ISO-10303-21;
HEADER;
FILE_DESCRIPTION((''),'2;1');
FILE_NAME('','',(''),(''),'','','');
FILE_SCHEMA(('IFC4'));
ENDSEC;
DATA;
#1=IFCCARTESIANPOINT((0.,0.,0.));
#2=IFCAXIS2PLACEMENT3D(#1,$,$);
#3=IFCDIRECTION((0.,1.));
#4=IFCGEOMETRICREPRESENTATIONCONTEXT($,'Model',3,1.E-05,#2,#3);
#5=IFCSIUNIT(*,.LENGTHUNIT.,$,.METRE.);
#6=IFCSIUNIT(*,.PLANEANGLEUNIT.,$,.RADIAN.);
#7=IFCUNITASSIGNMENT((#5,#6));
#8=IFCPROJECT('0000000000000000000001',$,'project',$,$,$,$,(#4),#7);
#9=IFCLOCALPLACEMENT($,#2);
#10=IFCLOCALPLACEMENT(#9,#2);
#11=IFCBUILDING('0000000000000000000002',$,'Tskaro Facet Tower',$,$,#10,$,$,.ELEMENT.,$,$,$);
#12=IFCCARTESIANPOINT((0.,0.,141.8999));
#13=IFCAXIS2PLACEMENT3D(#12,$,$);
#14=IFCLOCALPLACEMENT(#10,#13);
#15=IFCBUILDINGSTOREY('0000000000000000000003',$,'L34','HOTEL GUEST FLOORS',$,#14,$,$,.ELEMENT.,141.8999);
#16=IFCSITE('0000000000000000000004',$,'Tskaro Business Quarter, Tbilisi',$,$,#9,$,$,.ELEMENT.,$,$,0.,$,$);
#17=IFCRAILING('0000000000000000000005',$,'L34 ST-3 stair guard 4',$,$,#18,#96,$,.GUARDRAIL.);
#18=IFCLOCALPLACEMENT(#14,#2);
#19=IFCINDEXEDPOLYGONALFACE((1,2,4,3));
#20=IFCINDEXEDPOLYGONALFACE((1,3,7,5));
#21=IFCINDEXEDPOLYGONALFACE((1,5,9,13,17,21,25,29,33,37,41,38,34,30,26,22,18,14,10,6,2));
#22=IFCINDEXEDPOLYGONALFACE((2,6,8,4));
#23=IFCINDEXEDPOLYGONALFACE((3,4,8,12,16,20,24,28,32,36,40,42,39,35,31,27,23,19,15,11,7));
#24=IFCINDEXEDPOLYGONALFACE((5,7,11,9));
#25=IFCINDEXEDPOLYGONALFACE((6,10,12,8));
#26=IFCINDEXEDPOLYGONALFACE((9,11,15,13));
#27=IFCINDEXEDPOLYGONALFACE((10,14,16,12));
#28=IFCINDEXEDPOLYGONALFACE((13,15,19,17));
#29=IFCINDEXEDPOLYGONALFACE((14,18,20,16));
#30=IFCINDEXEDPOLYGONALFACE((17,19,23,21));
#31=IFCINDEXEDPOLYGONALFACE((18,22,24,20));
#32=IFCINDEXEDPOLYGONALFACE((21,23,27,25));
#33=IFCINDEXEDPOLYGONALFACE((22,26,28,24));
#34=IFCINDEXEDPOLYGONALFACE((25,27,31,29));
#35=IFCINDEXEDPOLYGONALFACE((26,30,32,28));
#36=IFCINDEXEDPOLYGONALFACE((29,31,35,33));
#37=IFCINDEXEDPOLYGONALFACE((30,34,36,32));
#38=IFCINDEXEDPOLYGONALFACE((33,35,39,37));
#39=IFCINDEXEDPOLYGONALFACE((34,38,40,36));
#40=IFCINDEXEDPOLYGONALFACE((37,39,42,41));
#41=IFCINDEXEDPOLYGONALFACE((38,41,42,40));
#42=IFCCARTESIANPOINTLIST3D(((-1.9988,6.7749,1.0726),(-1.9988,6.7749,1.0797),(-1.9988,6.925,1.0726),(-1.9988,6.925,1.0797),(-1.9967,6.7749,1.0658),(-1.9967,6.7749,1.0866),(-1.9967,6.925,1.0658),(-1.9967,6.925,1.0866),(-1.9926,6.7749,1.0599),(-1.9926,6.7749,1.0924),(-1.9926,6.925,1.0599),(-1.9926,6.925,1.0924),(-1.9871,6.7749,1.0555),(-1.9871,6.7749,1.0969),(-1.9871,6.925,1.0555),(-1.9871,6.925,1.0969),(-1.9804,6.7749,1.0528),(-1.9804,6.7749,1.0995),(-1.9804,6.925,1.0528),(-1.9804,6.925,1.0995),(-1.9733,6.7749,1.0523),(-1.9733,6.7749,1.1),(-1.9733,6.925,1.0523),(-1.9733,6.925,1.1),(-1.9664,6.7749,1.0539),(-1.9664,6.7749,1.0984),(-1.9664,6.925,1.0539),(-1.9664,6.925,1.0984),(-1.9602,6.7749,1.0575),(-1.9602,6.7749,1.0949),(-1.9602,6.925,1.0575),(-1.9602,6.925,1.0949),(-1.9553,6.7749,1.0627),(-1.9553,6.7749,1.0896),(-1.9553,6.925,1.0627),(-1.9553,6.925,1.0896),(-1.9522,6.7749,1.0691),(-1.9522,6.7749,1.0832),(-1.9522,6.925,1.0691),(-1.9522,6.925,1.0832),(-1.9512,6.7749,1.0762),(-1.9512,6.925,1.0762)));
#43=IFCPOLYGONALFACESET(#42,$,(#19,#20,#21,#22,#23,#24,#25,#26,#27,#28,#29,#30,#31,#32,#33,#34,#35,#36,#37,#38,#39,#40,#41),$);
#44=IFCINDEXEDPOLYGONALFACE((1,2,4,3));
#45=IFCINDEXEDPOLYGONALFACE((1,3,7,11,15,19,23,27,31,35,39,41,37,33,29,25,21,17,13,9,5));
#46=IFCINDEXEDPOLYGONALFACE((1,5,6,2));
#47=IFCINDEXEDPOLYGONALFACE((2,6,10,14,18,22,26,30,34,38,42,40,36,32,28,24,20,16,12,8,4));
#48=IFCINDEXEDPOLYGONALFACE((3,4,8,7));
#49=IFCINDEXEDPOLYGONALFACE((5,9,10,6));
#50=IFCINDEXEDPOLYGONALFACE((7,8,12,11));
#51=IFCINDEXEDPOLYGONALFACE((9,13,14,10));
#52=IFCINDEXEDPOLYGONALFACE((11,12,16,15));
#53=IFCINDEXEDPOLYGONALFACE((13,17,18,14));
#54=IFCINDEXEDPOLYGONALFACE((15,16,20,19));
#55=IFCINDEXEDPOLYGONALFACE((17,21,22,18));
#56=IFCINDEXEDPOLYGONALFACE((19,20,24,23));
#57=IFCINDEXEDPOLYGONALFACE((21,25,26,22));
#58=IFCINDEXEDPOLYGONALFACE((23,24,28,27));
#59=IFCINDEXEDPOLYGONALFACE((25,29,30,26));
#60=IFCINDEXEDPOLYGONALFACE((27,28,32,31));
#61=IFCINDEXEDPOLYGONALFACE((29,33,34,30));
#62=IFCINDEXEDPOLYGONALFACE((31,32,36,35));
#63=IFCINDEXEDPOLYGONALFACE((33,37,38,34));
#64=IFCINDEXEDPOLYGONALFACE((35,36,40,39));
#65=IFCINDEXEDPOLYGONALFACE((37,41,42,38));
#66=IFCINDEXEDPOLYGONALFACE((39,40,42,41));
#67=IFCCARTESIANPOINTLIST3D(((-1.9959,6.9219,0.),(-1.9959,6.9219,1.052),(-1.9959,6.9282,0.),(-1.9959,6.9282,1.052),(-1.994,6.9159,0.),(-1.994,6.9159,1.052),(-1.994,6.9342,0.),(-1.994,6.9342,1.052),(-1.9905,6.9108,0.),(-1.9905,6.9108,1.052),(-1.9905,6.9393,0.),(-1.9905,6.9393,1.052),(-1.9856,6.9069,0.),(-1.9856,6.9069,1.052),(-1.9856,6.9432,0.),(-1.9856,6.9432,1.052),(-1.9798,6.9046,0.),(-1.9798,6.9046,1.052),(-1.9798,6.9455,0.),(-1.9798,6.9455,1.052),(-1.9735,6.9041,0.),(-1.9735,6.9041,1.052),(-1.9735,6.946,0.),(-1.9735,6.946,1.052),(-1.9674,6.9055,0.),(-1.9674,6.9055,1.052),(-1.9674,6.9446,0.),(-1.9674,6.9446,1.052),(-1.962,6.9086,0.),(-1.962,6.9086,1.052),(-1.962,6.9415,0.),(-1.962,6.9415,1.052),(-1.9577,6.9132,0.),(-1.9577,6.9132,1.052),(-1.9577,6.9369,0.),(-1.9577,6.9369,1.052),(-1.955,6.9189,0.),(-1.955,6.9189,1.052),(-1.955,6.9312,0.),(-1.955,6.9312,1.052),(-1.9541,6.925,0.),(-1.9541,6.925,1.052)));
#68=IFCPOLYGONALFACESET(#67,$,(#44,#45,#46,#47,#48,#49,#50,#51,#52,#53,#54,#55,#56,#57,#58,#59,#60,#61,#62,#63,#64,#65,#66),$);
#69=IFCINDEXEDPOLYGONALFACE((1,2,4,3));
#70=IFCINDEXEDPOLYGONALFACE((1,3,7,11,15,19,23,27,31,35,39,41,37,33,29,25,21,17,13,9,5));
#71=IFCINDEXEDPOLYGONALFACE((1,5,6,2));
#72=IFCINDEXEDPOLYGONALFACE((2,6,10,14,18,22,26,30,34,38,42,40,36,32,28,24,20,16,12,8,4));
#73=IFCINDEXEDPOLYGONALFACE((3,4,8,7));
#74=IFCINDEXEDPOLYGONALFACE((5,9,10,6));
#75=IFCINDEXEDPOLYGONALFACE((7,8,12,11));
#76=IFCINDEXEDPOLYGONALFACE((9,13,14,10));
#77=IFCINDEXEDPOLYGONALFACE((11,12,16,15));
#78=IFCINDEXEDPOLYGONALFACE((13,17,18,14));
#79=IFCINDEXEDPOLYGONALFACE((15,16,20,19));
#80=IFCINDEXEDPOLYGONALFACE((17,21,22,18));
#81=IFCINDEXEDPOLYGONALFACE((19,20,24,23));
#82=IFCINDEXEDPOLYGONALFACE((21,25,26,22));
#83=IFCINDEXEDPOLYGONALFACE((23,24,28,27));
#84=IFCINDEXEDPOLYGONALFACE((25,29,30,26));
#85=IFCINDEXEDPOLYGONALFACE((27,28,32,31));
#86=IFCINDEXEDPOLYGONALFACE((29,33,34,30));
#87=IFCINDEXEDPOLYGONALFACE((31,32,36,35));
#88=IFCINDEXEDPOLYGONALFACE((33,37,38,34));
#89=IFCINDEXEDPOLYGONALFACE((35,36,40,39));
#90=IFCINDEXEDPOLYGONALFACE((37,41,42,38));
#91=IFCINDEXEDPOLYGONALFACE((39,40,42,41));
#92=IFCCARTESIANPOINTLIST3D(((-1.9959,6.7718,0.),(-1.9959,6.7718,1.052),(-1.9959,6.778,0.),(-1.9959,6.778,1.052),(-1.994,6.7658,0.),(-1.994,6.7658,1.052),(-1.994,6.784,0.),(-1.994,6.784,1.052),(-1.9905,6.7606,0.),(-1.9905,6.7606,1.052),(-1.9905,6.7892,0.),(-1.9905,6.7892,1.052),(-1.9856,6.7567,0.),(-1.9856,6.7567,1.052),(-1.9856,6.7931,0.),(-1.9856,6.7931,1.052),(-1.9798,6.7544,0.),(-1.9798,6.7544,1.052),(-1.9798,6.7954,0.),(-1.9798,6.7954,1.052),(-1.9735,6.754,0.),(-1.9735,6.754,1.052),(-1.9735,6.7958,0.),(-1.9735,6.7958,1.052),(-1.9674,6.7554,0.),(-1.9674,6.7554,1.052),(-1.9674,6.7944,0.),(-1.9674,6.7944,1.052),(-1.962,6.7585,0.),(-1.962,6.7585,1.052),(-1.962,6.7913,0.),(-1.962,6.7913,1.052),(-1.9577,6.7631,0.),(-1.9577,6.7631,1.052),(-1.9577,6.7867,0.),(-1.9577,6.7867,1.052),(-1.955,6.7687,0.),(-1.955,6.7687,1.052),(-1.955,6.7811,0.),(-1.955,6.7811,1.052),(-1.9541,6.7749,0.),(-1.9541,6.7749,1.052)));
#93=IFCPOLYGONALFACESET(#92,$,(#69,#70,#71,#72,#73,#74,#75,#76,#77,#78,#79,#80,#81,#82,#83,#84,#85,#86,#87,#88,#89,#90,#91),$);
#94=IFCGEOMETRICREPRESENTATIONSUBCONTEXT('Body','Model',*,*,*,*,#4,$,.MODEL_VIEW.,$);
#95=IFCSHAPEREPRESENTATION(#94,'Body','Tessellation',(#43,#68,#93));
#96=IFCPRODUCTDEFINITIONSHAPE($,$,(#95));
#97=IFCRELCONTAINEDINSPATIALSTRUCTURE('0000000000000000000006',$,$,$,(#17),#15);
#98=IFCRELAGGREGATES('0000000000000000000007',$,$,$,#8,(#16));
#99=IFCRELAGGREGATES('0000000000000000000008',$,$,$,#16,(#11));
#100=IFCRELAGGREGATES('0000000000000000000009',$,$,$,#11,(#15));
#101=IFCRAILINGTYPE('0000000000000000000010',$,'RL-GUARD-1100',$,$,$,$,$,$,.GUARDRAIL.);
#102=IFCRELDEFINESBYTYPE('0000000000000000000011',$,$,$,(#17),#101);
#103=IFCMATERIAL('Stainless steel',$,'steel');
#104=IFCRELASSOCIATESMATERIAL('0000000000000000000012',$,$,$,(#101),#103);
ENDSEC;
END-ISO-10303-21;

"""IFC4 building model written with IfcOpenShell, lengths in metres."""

from ifc_helpers import new_model, si_unit, direction, frame, origin, origin_2d, place, context, subcontext, project, spatial, circle, extrude, material, type_object, element, save


model = new_model("IFC4")

# Units and contexts
model_context = context("Model", 3, precision=1e-05, world=origin(), true_north=direction((0.0, 1.0)))
body_context = subcontext(model_context, "Body", "Model", "MODEL_VIEW")
ifc_project = project(units=[si_unit("LENGTHUNIT", "METRE"), si_unit("PLANEANGLEUNIT", "RADIAN")], contexts=[model_context])

# Site, building, storey
site_placement = place(None, origin())
site = spatial("IfcSite", under=ifc_project, at=site_placement, Name="Tskaro Business Quarter, Tbilisi", CompositionType="ELEMENT", RefElevation=0.0)
building_placement = place(site_placement, origin())
building = spatial("IfcBuilding", under=site, at=building_placement, Name="Tskaro Facet Tower", CompositionType="ELEMENT")
storey_placement = place(building_placement, frame((0.0, 0.0, 141.8999)))
storey = spatial("IfcBuildingStorey", under=building, at=storey_placement, Name="L34", Description="HOTEL GUEST FLOORS", CompositionType="ELEMENT", Elevation=141.8999)

# Railing
ifc_material_1 = material(Name="Stainless steel", Category="steel")
railing_type_1 = type_object("IfcRailingType", Name="RL-GUARD-1100", PredefinedType="GUARDRAIL", material=ifc_material_1)
railing_1_placement = place(storey_placement, frame((-1.9751, 6.925, 0.0)))
element("IfcRailing", 1, at=railing_1_placement, inside=storey, type_object=railing_type_1, Name="L34 ST-3 stair guard 4", PredefinedType="GUARDRAIL", context=body_context, shape_type="SweptSolid", body=[
    extrude(circle(Radius=0.0239, at=origin_2d()), frame((0.0, 0.0, 1.0762), z_axis=(0.0, -1.0, 0.0), x_axis=(1.0, 0.0, 0.0)), (0.0, 0.0, 1.0), 0.1501),
    extrude(circle(Radius=0.021, at=origin_2d()), origin(), (0.0, 0.0, 1.0), 1.052),
    extrude(circle(Radius=0.021, at=origin_2d()), frame((0.0, -0.1501, 0.0)), (0.0, 0.0, 1.0), 1.052),
])

save(model, "model.ifc")
